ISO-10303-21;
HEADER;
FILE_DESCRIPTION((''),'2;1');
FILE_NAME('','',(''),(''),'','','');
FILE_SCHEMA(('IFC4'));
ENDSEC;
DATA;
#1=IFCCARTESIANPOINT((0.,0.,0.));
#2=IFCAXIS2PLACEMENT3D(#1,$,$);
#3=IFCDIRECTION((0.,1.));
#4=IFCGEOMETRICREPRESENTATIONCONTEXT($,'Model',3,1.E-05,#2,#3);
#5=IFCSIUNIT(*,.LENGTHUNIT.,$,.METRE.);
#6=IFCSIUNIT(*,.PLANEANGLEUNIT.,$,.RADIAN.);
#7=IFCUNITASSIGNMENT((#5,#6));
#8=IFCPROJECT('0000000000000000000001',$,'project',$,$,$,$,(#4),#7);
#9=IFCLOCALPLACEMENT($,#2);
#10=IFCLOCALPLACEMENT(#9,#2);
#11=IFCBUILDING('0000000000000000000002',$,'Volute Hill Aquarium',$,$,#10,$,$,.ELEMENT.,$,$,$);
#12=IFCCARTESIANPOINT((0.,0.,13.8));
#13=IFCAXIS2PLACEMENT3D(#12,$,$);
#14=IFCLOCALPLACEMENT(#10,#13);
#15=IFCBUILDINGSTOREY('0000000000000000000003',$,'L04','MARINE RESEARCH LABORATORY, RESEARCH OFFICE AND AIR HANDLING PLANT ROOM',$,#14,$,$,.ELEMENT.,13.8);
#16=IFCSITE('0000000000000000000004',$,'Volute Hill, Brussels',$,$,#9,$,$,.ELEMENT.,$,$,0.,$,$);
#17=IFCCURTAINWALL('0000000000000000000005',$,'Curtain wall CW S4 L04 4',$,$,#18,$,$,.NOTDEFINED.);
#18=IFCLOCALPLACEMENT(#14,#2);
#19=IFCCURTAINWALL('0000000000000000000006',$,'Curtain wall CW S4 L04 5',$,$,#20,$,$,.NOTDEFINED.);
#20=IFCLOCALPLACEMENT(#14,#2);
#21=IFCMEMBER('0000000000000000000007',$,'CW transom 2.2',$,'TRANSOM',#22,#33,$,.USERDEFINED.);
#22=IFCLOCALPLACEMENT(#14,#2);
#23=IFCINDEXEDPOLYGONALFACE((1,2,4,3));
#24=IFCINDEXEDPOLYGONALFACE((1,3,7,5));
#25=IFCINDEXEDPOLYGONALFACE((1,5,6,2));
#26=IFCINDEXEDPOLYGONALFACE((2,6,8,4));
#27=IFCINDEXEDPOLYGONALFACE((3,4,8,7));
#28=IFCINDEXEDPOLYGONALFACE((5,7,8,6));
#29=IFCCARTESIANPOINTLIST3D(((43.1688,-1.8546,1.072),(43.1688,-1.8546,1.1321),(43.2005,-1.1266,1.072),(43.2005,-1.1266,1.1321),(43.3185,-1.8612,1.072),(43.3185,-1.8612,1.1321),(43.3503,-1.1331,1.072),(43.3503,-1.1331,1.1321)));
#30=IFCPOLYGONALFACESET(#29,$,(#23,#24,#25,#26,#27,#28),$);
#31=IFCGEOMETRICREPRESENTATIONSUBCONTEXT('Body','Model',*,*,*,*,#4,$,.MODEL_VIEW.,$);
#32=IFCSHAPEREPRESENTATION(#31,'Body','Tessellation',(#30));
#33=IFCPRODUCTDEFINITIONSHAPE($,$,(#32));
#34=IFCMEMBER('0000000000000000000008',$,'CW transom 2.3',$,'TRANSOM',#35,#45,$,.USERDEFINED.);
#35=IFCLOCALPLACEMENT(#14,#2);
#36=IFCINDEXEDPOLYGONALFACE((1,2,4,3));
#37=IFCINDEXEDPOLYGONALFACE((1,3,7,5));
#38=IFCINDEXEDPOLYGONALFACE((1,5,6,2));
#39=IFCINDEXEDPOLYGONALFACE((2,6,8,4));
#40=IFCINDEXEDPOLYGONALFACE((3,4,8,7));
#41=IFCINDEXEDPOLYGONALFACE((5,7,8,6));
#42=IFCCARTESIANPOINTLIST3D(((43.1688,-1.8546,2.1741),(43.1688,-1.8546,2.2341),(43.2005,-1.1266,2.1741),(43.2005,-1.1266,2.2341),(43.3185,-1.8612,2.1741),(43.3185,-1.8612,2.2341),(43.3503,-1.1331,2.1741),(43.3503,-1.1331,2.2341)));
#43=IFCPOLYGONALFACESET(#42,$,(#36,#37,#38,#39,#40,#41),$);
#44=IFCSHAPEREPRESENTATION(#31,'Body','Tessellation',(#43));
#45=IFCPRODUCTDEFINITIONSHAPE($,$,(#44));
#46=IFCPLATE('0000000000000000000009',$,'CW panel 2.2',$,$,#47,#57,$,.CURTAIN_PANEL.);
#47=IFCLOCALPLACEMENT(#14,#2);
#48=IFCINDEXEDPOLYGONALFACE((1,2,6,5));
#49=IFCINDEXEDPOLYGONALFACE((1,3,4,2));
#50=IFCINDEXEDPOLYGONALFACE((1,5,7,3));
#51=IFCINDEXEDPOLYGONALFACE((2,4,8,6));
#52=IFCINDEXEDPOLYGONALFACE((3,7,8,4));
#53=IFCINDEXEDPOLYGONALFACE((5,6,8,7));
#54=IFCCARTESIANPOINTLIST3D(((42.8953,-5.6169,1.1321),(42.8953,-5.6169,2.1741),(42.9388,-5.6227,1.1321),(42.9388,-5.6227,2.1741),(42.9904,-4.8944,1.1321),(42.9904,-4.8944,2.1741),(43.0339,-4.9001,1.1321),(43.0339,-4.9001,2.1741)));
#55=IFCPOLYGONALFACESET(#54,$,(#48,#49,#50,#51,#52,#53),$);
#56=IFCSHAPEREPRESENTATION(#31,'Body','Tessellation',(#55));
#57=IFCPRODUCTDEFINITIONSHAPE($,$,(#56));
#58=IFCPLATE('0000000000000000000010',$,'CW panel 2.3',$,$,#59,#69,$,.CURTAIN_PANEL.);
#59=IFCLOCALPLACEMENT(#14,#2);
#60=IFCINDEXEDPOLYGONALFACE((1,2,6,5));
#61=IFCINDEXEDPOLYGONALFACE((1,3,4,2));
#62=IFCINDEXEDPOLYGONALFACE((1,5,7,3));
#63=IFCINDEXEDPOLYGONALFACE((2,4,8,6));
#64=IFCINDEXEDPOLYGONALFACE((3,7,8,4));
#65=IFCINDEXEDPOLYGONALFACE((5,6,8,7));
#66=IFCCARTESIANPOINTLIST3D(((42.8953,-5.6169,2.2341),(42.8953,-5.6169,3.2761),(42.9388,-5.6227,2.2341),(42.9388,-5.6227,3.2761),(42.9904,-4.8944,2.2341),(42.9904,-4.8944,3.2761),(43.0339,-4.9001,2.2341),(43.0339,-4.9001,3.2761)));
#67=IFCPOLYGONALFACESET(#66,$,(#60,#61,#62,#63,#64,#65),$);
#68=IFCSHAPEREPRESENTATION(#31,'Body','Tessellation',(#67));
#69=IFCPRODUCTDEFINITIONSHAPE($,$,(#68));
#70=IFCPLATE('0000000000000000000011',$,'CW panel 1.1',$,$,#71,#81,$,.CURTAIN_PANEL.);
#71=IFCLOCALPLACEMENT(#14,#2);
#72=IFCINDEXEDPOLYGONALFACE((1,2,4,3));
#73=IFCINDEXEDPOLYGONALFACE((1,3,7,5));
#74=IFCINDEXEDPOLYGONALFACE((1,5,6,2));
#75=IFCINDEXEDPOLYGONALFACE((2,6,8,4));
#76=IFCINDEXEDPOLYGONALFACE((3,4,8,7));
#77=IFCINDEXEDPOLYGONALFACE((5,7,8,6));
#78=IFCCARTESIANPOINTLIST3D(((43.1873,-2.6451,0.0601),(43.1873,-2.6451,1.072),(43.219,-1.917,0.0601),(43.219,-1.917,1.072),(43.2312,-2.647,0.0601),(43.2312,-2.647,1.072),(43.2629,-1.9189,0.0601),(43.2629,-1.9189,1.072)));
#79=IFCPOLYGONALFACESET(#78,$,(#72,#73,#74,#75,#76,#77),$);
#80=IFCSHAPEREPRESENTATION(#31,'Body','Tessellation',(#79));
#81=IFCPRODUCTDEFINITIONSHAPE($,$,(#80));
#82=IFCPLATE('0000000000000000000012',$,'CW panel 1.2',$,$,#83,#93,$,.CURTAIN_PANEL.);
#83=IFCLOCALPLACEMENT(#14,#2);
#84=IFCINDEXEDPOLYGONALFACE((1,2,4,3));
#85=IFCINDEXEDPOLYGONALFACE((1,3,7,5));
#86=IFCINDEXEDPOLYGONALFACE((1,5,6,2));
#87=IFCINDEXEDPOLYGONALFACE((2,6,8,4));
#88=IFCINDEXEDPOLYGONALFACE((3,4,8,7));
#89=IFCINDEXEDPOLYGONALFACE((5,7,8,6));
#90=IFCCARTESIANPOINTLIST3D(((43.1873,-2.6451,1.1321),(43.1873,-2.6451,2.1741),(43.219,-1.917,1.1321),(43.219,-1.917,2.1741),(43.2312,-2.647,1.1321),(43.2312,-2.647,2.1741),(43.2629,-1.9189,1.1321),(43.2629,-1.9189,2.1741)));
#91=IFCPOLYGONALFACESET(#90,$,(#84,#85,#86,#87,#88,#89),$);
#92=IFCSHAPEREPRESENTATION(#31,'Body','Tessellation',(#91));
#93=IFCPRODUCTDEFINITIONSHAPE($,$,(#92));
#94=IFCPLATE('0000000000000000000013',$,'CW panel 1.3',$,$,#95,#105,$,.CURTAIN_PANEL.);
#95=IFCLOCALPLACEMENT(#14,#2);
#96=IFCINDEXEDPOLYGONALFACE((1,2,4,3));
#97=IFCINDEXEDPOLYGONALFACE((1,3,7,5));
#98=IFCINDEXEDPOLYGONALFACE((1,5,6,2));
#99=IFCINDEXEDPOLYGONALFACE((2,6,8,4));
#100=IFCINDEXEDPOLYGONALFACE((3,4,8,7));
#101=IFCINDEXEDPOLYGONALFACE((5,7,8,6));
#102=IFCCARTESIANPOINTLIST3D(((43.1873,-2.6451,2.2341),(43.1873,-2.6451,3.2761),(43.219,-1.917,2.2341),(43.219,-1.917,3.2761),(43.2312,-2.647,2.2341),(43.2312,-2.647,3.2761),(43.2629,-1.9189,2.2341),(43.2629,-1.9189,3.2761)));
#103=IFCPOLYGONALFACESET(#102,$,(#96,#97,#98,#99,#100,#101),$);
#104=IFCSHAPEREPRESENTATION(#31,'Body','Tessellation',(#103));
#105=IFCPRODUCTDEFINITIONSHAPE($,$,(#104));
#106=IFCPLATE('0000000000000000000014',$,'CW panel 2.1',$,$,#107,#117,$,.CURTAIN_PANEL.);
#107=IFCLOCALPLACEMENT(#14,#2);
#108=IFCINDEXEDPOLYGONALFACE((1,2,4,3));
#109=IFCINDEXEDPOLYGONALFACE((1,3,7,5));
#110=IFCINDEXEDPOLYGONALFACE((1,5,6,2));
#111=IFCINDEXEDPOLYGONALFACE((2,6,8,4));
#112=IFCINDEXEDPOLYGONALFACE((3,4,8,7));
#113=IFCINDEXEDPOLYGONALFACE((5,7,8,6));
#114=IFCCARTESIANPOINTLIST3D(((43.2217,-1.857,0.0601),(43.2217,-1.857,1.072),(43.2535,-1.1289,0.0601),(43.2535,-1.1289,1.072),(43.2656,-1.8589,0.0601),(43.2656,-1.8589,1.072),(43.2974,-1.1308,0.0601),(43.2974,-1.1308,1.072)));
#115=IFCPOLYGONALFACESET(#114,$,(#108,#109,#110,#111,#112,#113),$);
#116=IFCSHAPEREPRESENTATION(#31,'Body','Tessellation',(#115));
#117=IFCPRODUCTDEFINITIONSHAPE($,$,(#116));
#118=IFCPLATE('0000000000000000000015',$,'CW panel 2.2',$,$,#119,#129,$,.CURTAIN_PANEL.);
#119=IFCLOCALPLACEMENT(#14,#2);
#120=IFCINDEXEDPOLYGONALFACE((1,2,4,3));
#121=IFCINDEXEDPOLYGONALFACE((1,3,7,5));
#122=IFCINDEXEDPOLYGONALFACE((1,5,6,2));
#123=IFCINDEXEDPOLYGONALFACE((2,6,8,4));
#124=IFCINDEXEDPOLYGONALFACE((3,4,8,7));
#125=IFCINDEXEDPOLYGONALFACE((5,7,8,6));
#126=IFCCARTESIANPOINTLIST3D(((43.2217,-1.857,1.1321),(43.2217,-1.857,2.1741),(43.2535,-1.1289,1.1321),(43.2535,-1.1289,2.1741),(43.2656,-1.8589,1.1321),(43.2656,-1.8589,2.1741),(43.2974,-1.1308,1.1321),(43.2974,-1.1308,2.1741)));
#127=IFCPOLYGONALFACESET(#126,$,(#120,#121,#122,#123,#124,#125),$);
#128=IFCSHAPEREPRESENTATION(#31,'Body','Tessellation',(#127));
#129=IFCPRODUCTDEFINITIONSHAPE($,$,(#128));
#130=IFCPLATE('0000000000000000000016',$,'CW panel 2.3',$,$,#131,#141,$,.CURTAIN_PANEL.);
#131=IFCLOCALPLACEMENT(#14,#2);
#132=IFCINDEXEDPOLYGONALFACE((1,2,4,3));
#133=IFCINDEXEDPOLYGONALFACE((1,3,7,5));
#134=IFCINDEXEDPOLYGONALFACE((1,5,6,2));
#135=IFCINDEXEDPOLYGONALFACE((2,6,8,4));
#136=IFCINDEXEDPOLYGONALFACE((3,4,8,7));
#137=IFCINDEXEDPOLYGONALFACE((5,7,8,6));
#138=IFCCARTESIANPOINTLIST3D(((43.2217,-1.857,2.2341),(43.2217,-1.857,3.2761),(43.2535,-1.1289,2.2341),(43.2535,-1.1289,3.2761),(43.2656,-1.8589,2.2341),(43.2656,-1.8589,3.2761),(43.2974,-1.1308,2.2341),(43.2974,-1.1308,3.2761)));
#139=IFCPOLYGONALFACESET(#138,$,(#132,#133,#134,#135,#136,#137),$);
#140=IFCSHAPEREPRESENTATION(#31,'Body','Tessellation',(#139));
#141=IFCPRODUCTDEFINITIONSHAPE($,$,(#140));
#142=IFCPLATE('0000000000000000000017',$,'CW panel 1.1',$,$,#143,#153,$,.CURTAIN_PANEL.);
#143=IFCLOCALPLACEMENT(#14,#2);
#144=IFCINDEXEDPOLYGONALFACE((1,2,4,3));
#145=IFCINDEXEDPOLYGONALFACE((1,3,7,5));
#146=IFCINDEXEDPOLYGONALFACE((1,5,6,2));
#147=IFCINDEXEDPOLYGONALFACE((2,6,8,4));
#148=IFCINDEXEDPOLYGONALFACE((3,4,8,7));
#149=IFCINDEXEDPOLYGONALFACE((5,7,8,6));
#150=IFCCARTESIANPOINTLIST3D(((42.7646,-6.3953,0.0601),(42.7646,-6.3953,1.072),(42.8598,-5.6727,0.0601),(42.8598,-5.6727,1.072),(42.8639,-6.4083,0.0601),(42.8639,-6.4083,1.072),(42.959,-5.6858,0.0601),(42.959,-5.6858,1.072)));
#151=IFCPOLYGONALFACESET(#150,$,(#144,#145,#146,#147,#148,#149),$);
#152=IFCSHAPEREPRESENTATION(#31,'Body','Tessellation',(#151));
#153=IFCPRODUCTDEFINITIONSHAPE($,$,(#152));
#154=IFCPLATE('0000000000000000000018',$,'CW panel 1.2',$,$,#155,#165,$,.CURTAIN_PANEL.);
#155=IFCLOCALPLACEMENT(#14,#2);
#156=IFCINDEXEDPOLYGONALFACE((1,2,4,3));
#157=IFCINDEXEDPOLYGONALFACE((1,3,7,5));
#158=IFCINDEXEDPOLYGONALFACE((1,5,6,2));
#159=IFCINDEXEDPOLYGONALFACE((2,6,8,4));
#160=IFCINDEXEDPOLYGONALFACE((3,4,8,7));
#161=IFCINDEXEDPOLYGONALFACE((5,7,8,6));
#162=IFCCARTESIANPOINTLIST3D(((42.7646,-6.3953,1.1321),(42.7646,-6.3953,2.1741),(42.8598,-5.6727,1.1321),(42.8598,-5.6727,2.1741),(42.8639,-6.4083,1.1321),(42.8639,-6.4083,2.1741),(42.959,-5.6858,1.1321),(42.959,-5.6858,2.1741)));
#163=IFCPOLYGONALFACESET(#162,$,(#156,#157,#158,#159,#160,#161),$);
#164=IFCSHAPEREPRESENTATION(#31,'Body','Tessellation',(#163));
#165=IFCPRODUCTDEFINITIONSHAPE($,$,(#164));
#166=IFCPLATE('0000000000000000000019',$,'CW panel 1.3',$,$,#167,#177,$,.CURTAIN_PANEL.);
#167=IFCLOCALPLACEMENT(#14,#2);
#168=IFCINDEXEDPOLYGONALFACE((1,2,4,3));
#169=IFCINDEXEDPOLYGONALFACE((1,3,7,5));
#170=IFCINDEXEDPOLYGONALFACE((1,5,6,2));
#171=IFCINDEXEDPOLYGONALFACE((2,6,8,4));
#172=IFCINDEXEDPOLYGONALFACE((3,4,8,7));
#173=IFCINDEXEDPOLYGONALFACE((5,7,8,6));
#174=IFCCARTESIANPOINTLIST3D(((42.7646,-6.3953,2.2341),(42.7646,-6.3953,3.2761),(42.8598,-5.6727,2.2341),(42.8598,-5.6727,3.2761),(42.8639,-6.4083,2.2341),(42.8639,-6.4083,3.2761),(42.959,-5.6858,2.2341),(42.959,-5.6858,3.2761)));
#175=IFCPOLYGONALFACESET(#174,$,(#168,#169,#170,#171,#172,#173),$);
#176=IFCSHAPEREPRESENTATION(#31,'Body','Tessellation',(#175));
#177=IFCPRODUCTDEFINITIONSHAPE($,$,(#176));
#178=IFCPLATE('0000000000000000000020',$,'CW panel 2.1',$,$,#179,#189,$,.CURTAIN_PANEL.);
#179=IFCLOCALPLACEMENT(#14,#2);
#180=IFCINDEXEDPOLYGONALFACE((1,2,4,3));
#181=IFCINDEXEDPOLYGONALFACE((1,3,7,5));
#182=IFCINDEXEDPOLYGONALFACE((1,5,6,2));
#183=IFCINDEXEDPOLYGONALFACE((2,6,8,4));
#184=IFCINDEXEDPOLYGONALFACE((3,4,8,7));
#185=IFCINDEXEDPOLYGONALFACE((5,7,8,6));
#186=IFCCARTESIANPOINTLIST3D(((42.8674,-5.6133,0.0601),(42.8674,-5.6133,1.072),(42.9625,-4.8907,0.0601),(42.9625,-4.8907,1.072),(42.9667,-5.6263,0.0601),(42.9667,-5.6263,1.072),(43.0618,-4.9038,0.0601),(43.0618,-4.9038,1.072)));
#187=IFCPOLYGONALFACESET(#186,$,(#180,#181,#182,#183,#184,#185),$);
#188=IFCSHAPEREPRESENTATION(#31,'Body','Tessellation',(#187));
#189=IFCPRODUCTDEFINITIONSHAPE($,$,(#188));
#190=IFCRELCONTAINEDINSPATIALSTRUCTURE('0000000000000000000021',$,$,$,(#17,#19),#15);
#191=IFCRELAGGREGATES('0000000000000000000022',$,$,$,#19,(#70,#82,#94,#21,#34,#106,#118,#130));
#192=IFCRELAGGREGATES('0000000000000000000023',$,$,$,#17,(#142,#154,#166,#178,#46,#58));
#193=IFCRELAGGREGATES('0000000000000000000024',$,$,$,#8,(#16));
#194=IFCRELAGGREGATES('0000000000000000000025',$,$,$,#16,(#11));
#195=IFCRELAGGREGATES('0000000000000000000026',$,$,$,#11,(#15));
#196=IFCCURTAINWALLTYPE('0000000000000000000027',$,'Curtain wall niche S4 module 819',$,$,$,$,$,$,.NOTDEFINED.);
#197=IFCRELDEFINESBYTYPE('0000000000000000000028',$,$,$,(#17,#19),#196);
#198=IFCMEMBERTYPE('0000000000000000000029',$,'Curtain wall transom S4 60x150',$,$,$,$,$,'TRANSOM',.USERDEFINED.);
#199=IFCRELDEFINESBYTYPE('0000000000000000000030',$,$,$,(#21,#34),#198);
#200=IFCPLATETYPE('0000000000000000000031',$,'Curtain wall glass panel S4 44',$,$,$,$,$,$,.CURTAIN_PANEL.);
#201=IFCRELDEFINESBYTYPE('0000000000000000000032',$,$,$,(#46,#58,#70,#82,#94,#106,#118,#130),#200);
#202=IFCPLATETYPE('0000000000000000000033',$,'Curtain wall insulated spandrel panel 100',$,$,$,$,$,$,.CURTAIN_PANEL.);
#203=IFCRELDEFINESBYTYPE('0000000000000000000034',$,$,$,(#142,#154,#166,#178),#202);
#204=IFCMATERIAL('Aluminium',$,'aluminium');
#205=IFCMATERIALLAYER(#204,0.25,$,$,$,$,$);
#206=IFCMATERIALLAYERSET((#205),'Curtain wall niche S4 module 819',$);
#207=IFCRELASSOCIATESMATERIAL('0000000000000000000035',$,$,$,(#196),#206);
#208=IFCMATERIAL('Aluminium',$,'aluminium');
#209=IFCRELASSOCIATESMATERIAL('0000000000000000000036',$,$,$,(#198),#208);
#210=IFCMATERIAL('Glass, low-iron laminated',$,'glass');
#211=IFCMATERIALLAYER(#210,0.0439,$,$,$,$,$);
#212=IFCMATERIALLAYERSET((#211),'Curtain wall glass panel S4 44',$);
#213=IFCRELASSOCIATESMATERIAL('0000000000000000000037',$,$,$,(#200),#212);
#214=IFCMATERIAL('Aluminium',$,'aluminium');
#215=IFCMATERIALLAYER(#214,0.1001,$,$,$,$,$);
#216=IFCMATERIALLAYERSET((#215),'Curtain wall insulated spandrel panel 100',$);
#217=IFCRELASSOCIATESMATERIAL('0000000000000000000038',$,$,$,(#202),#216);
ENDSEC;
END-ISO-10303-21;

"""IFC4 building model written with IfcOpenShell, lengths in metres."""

from ifc_helpers import new_model, si_unit, direction, frame, origin, origin_2d, place, context, subcontext, project, spatial, rectangle, extrude, material, layer, layer_set, material_profile, profile_set, type_object, element, aggregate, save


model = new_model("IFC4")

# Units and contexts
model_context = context("Model", 3, precision=1e-05, world=origin(), true_north=direction((0.0, 1.0)))
body_context = subcontext(model_context, "Body", "Model", "MODEL_VIEW")
ifc_project = project(units=[si_unit("LENGTHUNIT", "METRE"), si_unit("PLANEANGLEUNIT", "RADIAN")], contexts=[model_context])

# Site, building, storey
site_placement = place(None, origin())
site = spatial("IfcSite", under=ifc_project, at=site_placement, Name="Volute Hill, Brussels", CompositionType="ELEMENT", RefElevation=0.0)
building_placement = place(site_placement, origin())
building = spatial("IfcBuilding", under=site, at=building_placement, Name="Volute Hill Aquarium", CompositionType="ELEMENT")
storey_placement = place(building_placement, frame((0.0, 0.0, 13.8)))
storey = spatial("IfcBuildingStorey", under=building, at=storey_placement, Name="L04", Description="MARINE RESEARCH LABORATORY, RESEARCH OFFICE AND AIR HANDLING PLANT ROOM", CompositionType="ELEMENT", Elevation=13.8)

# Curtain walls
ifc_material_1 = material(Name="Aluminium", Category="aluminium")
ifc_layer_1 = layer(ifc_material_1, 0.25)
ifc_layer_set_1 = layer_set([ifc_layer_1], Name="Curtain wall niche S4 module 819")
curtain_wall_type = type_object("IfcCurtainWallType", Name="Curtain wall niche S4 module 819", PredefinedType="NOTDEFINED", material=ifc_layer_set_1)
curtain_wall_1_placement = place(storey_placement, origin())
curtain_wall_1 = element("IfcCurtainWall", 1, at=curtain_wall_1_placement, inside=storey, type_object=curtain_wall_type, Name="Curtain wall CW S4 L04 4", PredefinedType="NOTDEFINED")
curtain_wall_2_placement = place(storey_placement, origin())
curtain_wall_2 = element("IfcCurtainWall", 2, at=curtain_wall_2_placement, inside=storey, type_object=curtain_wall_type, Name="Curtain wall CW S4 L04 5", PredefinedType="NOTDEFINED")

# Members
ifc_material_2 = material(Name="Aluminium", Category="aluminium")
ifc_material_profile_1 = material_profile(ifc_material_2, rectangle(XDim=0.1499, YDim=0.0601, at=origin_2d()), Name="Curtain wall transom S4 60x150")
ifc_profile_set_1 = profile_set([ifc_material_profile_1], Name="Aluminium")
member_type_1 = type_object("IfcMemberType", Name="Curtain wall transom S4 60x150", ElementType="TRANSOM", PredefinedType="USERDEFINED", material=ifc_profile_set_1)
member_1_placement = place(storey_placement, frame((43.2437, -1.8579, 1.1021), z_axis=(0.043554, 0.999051, 0.0), x_axis=(-0.999051, 0.043554, 0.0)))
member_1 = element("IfcMember", 3, at=member_1_placement, type_object=member_type_1, Name="CW transom 2.2", ObjectType="TRANSOM", PredefinedType="USERDEFINED", context=body_context, shape_type="SweptSolid", body=[
    extrude(rectangle(XDim=0.1499, YDim=0.0601, at=origin_2d()), origin(), (0.0, 0.0, 1.0), 0.7288),
])
member_2_placement = place(storey_placement, frame((43.2437, -1.8579, 2.2041), z_axis=(0.043554, 0.999051, 0.0), x_axis=(-0.999051, 0.043554, 0.0)))
member_2 = element("IfcMember", 4, at=member_2_placement, type_object=member_type_1, Name="CW transom 2.3", ObjectType="TRANSOM", PredefinedType="USERDEFINED", context=body_context, shape_type="SweptSolid", body=[
    extrude(rectangle(XDim=0.1499, YDim=0.0601, at=origin_2d()), origin(), (0.0, 0.0, 1.0), 0.7288),
])

# Plates
ifc_material_3 = material(Name="Glass, low-iron laminated", Category="glass")
ifc_layer_2 = layer(ifc_material_3, 0.0439)
ifc_layer_set_2 = layer_set([ifc_layer_2], Name="Curtain wall glass panel S4 44")
plate_type_1 = type_object("IfcPlateType", Name="Curtain wall glass panel S4 44", PredefinedType="CURTAIN_PANEL", material=ifc_layer_set_2)
plate_1_placement = place(storey_placement, frame((42.9646, -5.2585, 1.1321), z_axis=(0.0, 0.0, 1.0), x_axis=(0.130516, 0.991446, 0.0)))
plate_1 = element("IfcPlate", 5, at=plate_1_placement, type_object=plate_type_1, Name="CW panel 2.2", PredefinedType="CURTAIN_PANEL", context=body_context, shape_type="SweptSolid", body=[
    extrude(rectangle(XDim=0.7288, YDim=0.0439, at=origin_2d()), origin(), (0.0, 0.0, 1.0), 1.042),
])
plate_2_placement = place(storey_placement, frame((42.9646, -5.2585, 2.2341), z_axis=(0.0, 0.0, 1.0), x_axis=(0.130516, 0.991446, 0.0)))
plate_2 = element("IfcPlate", 6, at=plate_2_placement, type_object=plate_type_1, Name="CW panel 2.3", PredefinedType="CURTAIN_PANEL", context=body_context, shape_type="SweptSolid", body=[
    extrude(rectangle(XDim=0.7288, YDim=0.0439, at=origin_2d()), origin(), (0.0, 0.0, 1.0), 1.042),
])
plate_3_placement = place(storey_placement, frame((43.2251, -2.282, 0.0601), z_axis=(0.0, 0.0, 1.0), x_axis=(0.043617, 0.999048, 0.0)))
plate_3 = element("IfcPlate", 7, at=plate_3_placement, type_object=plate_type_1, Name="CW panel 1.1", PredefinedType="CURTAIN_PANEL", context=body_context, shape_type="SweptSolid", body=[
    extrude(rectangle(XDim=0.7288, YDim=0.0439, at=origin_2d()), origin(), (0.0, 0.0, 1.0), 1.012),
])
plate_4_placement = place(storey_placement, frame((43.2251, -2.282, 1.1321), z_axis=(0.0, 0.0, 1.0), x_axis=(0.043617, 0.999048, 0.0)))
plate_4 = element("IfcPlate", 8, at=plate_4_placement, type_object=plate_type_1, Name="CW panel 1.2", PredefinedType="CURTAIN_PANEL", context=body_context, shape_type="SweptSolid", body=[
    extrude(rectangle(XDim=0.7288, YDim=0.0439, at=origin_2d()), origin(), (0.0, 0.0, 1.0), 1.042),
])
plate_5_placement = place(storey_placement, frame((43.2251, -2.282, 2.2341), z_axis=(0.0, 0.0, 1.0), x_axis=(0.043617, 0.999048, 0.0)))
plate_5 = element("IfcPlate", 9, at=plate_5_placement, type_object=plate_type_1, Name="CW panel 1.3", PredefinedType="CURTAIN_PANEL", context=body_context, shape_type="SweptSolid", body=[
    extrude(rectangle(XDim=0.7288, YDim=0.0439, at=origin_2d()), origin(), (0.0, 0.0, 1.0), 1.042),
])
plate_6_placement = place(storey_placement, frame((43.2595, -1.4939, 0.0601), z_axis=(0.0, 0.0, 1.0), x_axis=(0.043617, 0.999048, 0.0)))
plate_6 = element("IfcPlate", 10, at=plate_6_placement, type_object=plate_type_1, Name="CW panel 2.1", PredefinedType="CURTAIN_PANEL", context=body_context, shape_type="SweptSolid", body=[
    extrude(rectangle(XDim=0.7288, YDim=0.0439, at=origin_2d()), origin(), (0.0, 0.0, 1.0), 1.012),
])
plate_7_placement = place(storey_placement, frame((43.2595, -1.4939, 1.1321), z_axis=(0.0, 0.0, 1.0), x_axis=(0.043617, 0.999048, 0.0)))
plate_7 = element("IfcPlate", 11, at=plate_7_placement, type_object=plate_type_1, Name="CW panel 2.2", PredefinedType="CURTAIN_PANEL", context=body_context, shape_type="SweptSolid", body=[
    extrude(rectangle(XDim=0.7288, YDim=0.0439, at=origin_2d()), origin(), (0.0, 0.0, 1.0), 1.042),
])
plate_8_placement = place(storey_placement, frame((43.2595, -1.4939, 2.2341), z_axis=(0.0, 0.0, 1.0), x_axis=(0.043617, 0.999048, 0.0)))
plate_8 = element("IfcPlate", 12, at=plate_8_placement, type_object=plate_type_1, Name="CW panel 2.3", PredefinedType="CURTAIN_PANEL", context=body_context, shape_type="SweptSolid", body=[
    extrude(rectangle(XDim=0.7288, YDim=0.0439, at=origin_2d()), origin(), (0.0, 0.0, 1.0), 1.042),
])
aggregate(curtain_wall_2, [plate_3, plate_4, plate_5, member_1, member_2, plate_6, plate_7, plate_8])
ifc_material_4 = material(Name="Aluminium", Category="aluminium")
ifc_layer_3 = layer(ifc_material_4, 0.1001)
ifc_layer_set_3 = layer_set([ifc_layer_3], Name="Curtain wall insulated spandrel panel 100")
plate_type_2 = type_object("IfcPlateType", Name="Curtain wall insulated spandrel panel 100", PredefinedType="CURTAIN_PANEL", material=ifc_layer_set_3)
plate_9_placement = place(storey_placement, frame((42.8618, -6.0405, 0.0601), z_axis=(0.0, 0.0, 1.0), x_axis=(0.130516, 0.991446, 0.0)))
plate_9 = element("IfcPlate", 13, at=plate_9_placement, type_object=plate_type_2, Name="CW panel 1.1", PredefinedType="CURTAIN_PANEL", context=body_context, shape_type="SweptSolid", body=[
    extrude(rectangle(XDim=0.7288, YDim=0.1001, at=origin_2d()), origin(), (0.0, 0.0, 1.0), 1.012),
])
plate_10_placement = place(storey_placement, frame((42.8618, -6.0405, 1.1321), z_axis=(0.0, 0.0, 1.0), x_axis=(0.130516, 0.991446, 0.0)))
plate_10 = element("IfcPlate", 14, at=plate_10_placement, type_object=plate_type_2, Name="CW panel 1.2", PredefinedType="CURTAIN_PANEL", context=body_context, shape_type="SweptSolid", body=[
    extrude(rectangle(XDim=0.7288, YDim=0.1001, at=origin_2d()), origin(), (0.0, 0.0, 1.0), 1.042),
])
plate_11_placement = place(storey_placement, frame((42.8618, -6.0405, 2.2341), z_axis=(0.0, 0.0, 1.0), x_axis=(0.130516, 0.991446, 0.0)))
plate_11 = element("IfcPlate", 15, at=plate_11_placement, type_object=plate_type_2, Name="CW panel 1.3", PredefinedType="CURTAIN_PANEL", context=body_context, shape_type="SweptSolid", body=[
    extrude(rectangle(XDim=0.7288, YDim=0.1001, at=origin_2d()), origin(), (0.0, 0.0, 1.0), 1.042),
])
plate_12_placement = place(storey_placement, frame((42.9646, -5.2585, 0.0601), z_axis=(0.0, 0.0, 1.0), x_axis=(0.130516, 0.991446, 0.0)))
plate_12 = element("IfcPlate", 16, at=plate_12_placement, type_object=plate_type_2, Name="CW panel 2.1", PredefinedType="CURTAIN_PANEL", context=body_context, shape_type="SweptSolid", body=[
    extrude(rectangle(XDim=0.7288, YDim=0.1001, at=origin_2d()), origin(), (0.0, 0.0, 1.0), 1.012),
])
aggregate(curtain_wall_1, [plate_9, plate_10, plate_11, plate_12, plate_1, plate_2])

save(model, "model.ifc")
